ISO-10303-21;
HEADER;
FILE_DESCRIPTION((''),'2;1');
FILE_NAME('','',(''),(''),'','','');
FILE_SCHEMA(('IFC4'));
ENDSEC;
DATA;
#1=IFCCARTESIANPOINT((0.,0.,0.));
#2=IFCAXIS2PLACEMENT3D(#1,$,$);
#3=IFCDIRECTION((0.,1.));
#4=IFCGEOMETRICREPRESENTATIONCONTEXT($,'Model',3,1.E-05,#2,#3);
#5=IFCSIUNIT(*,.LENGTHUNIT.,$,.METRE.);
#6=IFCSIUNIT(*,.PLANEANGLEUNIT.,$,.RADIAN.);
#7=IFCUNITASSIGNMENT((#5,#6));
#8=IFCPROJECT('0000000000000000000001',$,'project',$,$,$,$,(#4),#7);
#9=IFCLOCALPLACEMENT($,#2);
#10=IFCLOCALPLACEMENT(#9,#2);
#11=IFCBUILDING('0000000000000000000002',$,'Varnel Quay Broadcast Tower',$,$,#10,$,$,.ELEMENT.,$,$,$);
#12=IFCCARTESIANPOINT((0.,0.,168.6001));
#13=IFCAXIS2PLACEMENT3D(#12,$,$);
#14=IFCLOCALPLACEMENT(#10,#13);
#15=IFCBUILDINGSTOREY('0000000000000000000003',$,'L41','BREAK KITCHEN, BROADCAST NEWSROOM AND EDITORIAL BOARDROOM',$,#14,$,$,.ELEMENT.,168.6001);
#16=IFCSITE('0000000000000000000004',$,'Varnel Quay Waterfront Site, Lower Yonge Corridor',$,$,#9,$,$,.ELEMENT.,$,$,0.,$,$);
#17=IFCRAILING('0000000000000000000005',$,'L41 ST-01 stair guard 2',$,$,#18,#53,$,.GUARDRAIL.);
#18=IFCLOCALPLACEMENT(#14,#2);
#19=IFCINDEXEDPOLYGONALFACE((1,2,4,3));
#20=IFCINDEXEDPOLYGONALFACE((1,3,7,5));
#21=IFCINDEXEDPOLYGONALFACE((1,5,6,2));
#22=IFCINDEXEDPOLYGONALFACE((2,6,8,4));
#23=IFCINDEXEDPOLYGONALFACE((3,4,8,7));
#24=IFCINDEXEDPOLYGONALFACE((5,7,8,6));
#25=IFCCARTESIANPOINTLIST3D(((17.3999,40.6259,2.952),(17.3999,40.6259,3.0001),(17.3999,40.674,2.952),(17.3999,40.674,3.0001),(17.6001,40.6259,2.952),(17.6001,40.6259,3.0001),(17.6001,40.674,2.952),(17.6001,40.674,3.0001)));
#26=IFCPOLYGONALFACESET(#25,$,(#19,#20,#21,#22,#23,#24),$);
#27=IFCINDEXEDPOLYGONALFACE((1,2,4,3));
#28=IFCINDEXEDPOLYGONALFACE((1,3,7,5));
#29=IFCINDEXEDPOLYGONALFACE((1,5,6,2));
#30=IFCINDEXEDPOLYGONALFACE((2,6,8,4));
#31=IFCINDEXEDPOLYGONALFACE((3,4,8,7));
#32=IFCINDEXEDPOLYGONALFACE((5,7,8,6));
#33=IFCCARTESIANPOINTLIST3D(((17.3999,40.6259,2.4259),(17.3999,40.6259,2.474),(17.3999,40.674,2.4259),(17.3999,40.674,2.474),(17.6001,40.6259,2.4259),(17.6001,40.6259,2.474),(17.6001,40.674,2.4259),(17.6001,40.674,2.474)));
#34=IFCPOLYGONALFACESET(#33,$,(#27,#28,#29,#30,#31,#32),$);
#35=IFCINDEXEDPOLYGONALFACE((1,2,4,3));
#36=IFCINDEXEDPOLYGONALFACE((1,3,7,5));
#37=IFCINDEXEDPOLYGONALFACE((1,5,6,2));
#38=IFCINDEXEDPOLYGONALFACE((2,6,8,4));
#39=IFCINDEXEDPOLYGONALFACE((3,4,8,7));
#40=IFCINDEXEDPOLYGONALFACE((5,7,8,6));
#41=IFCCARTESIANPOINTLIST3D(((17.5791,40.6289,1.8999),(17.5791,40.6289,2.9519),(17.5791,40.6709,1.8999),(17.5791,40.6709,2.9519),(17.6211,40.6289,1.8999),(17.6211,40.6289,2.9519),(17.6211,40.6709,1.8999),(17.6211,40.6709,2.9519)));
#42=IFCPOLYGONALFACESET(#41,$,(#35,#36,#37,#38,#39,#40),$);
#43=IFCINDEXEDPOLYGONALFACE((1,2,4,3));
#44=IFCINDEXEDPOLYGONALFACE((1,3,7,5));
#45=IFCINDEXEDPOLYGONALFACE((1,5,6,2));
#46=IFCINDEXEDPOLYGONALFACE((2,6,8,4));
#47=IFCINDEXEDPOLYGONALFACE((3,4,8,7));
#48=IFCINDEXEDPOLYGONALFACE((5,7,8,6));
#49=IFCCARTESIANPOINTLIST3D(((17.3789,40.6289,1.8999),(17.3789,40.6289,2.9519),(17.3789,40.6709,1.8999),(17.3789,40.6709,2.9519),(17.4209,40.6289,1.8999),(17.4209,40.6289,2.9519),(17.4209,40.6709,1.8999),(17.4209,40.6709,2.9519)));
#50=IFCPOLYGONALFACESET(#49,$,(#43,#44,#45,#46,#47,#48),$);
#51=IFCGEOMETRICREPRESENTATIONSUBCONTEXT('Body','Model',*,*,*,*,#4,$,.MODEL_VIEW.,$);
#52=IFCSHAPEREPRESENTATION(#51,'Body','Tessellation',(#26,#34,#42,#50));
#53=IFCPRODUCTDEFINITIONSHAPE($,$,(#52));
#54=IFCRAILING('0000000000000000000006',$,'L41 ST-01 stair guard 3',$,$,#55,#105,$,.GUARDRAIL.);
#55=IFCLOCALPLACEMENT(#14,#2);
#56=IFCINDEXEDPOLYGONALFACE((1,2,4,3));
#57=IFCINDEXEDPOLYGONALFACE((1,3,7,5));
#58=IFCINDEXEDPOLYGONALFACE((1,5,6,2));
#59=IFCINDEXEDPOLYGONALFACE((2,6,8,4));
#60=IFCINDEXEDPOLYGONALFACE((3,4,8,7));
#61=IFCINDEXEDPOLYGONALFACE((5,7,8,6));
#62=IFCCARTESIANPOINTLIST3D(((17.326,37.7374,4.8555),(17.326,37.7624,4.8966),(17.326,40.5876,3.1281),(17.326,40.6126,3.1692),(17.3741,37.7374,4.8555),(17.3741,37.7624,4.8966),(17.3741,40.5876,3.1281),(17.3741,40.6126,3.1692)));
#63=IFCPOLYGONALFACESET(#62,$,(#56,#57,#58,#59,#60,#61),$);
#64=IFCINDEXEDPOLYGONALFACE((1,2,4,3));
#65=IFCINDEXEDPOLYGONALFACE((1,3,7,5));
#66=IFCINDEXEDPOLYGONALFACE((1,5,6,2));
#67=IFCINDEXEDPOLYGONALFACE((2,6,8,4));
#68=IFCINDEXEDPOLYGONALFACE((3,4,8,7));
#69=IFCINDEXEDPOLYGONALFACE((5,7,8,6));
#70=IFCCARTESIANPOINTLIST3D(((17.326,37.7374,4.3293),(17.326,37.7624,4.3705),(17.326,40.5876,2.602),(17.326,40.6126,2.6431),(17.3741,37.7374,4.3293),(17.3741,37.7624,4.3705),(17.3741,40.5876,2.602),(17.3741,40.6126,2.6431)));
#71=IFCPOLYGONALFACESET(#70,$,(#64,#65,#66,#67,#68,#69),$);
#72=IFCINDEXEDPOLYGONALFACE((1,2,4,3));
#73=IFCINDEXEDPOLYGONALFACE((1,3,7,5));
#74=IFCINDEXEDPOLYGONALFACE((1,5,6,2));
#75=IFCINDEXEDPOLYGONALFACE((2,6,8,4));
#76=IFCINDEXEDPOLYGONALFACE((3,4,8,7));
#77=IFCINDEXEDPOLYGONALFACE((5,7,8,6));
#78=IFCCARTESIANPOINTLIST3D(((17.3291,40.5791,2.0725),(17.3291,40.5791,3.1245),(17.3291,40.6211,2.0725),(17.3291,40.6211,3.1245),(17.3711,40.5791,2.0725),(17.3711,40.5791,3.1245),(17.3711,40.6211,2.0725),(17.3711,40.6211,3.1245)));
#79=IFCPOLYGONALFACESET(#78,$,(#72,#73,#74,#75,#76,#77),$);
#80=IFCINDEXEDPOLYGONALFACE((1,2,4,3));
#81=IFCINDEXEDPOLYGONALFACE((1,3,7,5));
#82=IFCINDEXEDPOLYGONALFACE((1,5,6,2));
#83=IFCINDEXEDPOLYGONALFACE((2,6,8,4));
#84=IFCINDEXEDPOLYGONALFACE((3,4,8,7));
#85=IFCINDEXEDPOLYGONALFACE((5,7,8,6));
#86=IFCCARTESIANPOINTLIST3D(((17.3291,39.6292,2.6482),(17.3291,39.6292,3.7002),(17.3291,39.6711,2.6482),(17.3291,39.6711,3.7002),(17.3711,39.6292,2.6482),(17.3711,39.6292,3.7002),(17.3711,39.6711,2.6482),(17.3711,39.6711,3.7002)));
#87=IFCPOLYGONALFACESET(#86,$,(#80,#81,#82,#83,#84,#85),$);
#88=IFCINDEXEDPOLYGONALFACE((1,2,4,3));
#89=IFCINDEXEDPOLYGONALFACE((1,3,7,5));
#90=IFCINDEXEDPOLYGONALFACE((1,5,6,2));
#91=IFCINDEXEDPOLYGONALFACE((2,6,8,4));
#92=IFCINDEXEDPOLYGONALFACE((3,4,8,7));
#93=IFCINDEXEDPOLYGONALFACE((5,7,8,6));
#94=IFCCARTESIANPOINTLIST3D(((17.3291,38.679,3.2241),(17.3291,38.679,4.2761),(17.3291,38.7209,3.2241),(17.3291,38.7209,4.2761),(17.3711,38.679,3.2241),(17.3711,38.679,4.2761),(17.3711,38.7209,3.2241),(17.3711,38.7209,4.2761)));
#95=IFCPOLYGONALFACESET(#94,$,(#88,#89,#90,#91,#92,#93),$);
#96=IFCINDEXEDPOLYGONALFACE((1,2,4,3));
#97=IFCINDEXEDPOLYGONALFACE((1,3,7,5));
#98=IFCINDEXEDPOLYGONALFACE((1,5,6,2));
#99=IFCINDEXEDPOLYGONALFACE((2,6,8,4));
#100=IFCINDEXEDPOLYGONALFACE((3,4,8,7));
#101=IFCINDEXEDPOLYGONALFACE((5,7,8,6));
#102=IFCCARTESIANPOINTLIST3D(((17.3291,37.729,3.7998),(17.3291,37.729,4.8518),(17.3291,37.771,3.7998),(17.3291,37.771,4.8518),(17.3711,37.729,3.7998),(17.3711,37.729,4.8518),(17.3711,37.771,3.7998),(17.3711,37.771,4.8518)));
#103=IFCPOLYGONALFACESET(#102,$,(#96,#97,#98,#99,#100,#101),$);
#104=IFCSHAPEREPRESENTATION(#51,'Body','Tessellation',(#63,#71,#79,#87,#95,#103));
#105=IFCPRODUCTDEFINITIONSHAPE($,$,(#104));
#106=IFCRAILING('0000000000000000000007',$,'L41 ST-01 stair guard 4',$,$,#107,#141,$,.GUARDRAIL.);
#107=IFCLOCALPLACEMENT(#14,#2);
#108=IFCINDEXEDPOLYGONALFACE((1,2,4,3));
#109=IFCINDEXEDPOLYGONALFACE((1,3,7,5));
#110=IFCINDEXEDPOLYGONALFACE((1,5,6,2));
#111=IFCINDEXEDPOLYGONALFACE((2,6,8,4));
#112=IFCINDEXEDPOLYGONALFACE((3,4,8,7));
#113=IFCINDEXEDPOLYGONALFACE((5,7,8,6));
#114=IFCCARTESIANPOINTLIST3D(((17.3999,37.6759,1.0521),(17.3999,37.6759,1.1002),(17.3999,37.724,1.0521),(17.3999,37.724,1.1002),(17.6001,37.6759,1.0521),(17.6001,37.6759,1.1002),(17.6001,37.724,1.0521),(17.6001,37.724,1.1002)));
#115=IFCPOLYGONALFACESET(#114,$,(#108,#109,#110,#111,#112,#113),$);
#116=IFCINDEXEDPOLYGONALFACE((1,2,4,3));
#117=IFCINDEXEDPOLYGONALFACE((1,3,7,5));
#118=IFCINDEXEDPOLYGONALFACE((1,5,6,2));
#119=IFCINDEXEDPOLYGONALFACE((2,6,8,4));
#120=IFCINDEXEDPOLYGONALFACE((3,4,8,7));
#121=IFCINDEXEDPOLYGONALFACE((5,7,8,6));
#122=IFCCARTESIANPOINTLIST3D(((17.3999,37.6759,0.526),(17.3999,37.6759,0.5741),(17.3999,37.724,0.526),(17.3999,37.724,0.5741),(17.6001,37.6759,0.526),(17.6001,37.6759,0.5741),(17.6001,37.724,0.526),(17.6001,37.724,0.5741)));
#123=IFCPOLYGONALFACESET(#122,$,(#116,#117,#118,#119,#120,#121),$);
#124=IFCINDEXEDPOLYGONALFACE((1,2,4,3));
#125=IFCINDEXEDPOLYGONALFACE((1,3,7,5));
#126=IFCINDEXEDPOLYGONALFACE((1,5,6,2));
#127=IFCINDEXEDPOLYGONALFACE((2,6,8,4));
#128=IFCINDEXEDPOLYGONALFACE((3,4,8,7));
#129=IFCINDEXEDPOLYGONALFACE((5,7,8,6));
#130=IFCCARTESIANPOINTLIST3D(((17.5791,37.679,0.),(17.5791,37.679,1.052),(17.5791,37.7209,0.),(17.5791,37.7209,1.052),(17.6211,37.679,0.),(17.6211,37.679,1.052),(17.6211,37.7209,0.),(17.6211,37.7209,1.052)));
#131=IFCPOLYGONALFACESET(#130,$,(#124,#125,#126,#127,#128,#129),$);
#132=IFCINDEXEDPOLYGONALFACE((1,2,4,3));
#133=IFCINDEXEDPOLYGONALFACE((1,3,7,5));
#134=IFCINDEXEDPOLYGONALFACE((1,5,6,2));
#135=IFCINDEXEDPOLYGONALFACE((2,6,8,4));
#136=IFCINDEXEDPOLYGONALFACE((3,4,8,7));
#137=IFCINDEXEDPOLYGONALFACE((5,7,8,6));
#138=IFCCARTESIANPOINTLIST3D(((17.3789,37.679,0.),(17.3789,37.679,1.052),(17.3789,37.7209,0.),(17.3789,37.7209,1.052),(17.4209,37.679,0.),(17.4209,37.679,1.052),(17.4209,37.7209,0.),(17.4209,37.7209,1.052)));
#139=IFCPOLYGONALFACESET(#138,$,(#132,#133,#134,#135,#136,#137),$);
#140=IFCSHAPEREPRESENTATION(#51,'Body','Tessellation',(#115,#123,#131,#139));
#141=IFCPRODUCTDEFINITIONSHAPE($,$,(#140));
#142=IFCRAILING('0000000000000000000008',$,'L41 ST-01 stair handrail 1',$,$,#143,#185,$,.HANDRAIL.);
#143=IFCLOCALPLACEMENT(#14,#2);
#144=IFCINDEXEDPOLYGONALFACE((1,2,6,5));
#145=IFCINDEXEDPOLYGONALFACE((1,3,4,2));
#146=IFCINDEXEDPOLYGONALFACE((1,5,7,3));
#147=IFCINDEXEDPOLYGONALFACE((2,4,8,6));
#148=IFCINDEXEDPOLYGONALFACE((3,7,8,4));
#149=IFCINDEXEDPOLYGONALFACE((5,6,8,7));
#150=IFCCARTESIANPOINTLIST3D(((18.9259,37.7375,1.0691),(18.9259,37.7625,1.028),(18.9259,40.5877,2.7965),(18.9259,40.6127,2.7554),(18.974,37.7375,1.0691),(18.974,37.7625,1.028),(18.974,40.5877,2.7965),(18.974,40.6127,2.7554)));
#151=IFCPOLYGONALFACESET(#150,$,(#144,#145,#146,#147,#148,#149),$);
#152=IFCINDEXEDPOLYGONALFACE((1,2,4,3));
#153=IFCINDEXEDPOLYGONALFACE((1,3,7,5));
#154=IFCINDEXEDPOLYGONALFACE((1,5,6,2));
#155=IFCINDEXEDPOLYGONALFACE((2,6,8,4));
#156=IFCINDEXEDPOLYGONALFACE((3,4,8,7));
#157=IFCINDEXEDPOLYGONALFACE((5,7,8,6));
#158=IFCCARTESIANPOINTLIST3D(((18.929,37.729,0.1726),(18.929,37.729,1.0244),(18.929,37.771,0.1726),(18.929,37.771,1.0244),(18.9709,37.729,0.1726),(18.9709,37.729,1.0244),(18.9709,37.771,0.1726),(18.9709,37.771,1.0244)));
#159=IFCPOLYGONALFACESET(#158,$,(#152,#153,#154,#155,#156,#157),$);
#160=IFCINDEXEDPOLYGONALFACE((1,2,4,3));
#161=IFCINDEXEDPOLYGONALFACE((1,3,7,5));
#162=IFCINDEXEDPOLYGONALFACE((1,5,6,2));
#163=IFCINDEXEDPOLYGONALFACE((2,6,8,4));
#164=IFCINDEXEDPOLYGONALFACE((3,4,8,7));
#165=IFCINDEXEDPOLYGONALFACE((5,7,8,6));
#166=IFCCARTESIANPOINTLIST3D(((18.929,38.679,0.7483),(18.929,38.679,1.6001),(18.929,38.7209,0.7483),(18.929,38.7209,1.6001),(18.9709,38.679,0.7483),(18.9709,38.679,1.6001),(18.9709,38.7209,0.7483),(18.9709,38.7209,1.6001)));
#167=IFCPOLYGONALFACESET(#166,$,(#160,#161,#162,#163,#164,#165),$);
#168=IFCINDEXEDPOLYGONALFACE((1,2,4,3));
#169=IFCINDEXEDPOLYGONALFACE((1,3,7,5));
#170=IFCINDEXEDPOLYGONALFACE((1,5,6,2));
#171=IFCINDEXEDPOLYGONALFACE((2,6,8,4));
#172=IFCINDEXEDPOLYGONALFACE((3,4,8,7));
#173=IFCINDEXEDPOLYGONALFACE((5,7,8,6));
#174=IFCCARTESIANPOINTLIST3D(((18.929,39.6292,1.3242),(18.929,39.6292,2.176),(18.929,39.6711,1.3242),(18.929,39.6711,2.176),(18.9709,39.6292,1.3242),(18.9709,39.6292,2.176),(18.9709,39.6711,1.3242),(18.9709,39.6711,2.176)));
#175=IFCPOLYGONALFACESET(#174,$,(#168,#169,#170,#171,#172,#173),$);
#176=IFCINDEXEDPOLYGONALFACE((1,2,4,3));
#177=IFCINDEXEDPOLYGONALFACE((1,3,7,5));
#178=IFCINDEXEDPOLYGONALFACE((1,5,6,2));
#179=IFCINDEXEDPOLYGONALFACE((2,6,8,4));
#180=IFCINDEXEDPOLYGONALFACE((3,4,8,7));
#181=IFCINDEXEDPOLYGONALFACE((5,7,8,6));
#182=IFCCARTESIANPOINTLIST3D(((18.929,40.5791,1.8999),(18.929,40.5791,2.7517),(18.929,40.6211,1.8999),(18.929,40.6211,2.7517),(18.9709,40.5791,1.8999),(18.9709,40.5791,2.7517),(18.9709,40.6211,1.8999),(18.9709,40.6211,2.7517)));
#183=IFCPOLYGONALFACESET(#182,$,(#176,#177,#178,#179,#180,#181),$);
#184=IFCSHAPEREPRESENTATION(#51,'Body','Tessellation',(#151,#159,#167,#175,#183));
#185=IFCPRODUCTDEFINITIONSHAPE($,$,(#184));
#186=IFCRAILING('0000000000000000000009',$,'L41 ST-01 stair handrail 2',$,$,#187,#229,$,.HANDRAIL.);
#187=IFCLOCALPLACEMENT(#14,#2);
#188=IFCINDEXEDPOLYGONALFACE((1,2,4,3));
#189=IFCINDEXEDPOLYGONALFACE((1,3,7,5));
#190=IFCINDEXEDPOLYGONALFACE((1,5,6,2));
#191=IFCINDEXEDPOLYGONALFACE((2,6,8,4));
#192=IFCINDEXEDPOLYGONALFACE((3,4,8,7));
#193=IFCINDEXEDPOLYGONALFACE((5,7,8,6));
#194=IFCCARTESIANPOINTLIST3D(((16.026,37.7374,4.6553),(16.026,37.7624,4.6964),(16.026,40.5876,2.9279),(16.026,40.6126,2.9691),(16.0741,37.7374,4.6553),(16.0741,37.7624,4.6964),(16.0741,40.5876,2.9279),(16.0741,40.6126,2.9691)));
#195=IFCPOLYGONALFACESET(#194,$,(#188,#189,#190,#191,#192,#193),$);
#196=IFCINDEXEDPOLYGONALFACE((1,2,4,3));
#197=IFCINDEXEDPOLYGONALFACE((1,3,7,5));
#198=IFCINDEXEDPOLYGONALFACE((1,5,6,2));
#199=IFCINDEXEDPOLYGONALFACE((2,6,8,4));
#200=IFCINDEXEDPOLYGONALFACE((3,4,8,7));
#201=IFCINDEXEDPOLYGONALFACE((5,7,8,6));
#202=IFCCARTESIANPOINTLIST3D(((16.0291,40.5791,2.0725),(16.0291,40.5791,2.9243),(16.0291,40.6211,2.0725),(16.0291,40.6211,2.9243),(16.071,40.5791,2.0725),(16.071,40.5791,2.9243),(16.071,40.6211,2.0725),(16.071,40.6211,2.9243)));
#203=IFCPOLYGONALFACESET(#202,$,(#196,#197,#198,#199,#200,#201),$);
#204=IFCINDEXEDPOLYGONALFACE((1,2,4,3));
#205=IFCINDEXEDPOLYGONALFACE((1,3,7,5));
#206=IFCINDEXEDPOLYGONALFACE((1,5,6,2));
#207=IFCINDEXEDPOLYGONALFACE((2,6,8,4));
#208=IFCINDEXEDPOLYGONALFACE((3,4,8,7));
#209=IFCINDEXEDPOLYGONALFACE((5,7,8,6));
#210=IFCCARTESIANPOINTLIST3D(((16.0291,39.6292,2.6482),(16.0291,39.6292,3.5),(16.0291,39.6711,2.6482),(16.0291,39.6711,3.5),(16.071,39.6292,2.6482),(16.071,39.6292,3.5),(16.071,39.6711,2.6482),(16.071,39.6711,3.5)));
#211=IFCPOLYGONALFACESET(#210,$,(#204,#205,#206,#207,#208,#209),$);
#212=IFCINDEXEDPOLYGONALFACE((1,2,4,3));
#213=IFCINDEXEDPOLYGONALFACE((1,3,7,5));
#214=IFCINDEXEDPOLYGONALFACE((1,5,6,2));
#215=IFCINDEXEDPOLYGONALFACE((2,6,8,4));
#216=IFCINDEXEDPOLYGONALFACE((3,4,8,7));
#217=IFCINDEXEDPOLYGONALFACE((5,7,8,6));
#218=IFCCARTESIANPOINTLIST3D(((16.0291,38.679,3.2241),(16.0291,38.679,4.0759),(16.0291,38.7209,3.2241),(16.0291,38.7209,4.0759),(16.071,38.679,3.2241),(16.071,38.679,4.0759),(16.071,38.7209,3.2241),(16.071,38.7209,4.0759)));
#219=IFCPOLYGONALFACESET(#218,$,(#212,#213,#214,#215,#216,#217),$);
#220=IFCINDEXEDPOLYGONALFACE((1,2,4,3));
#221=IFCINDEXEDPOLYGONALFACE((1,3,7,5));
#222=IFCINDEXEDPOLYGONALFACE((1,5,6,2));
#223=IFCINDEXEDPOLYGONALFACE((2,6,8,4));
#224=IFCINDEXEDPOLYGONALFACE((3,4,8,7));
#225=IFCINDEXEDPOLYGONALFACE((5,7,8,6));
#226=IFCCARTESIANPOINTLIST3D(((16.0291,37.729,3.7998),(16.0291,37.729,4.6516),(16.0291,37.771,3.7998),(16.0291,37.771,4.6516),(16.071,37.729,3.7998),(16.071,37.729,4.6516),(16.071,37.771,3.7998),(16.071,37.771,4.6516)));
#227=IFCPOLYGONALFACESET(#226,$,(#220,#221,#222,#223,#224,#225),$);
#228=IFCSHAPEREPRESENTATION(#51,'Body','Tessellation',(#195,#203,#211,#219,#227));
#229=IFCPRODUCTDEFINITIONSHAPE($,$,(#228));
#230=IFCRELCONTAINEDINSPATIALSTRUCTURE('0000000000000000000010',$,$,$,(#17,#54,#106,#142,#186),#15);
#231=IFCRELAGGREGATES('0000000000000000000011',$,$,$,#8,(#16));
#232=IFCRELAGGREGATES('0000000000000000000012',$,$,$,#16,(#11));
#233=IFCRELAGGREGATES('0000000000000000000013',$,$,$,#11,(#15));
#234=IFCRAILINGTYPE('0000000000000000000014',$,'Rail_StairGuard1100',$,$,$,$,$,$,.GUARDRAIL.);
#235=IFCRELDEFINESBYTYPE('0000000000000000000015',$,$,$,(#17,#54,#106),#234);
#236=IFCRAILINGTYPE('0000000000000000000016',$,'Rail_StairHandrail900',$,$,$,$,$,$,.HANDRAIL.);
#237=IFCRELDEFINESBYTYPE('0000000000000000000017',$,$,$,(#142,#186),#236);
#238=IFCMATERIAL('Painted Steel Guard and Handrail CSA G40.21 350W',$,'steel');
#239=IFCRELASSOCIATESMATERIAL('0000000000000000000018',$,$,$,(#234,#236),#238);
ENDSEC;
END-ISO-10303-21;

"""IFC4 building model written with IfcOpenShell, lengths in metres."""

from ifc_helpers import new_model, si_unit, direction, frame, origin, origin_2d, place, context, subcontext, project, spatial, rectangle, extrude, material, type_object, element, save


model = new_model("IFC4")

# Units and contexts
model_context = context("Model", 3, precision=1e-05, world=origin(), true_north=direction((0.0, 1.0)))
body_context = subcontext(model_context, "Body", "Model", "MODEL_VIEW")
ifc_project = project(units=[si_unit("LENGTHUNIT", "METRE"), si_unit("PLANEANGLEUNIT", "RADIAN")], contexts=[model_context])

# Site, building, storey
site_placement = place(None, origin())
site = spatial("IfcSite", under=ifc_project, at=site_placement, Name="Varnel Quay Waterfront Site, Lower Yonge Corridor", CompositionType="ELEMENT", RefElevation=0.0)
building_placement = place(site_placement, origin())
building = spatial("IfcBuilding", under=site, at=building_placement, Name="Varnel Quay Broadcast Tower", CompositionType="ELEMENT")
storey_placement = place(building_placement, frame((0.0, 0.0, 168.6001)))
storey = spatial("IfcBuildingStorey", under=building, at=storey_placement, Name="L41", Description="BREAK KITCHEN, BROADCAST NEWSROOM AND EDITORIAL BOARDROOM", CompositionType="ELEMENT", Elevation=168.6001)

# Railings
ifc_material_1 = material(Name="Painted Steel Guard and Handrail CSA G40.21 350W", Category="steel")
railing_type_1 = type_object("IfcRailingType", Name="Rail_StairGuard1100", PredefinedType="GUARDRAIL", material=ifc_material_1)
railing_1_placement = place(storey_placement, frame((17.6001, 40.6499, 1.8999)))
element("IfcRailing", 1, at=railing_1_placement, inside=storey, type_object=railing_type_1, Name="L41 ST-01 stair guard 2", PredefinedType="GUARDRAIL", context=body_context, shape_type="SweptSolid", body=[
    extrude(rectangle(XDim=0.0481, YDim=0.0481, at=origin_2d()), frame((0.0, 0.0, 1.0762), z_axis=(-1.0, 0.0, 0.0), x_axis=(0.0, -1.0, 0.0)), (0.0, 0.0, 1.0), 0.2002),
    extrude(rectangle(XDim=0.0481, YDim=0.0481, at=origin_2d()), frame((0.0, 0.0, 0.55), z_axis=(-1.0, 0.0, 0.0), x_axis=(0.0, -1.0, 0.0)), (0.0, 0.0, 1.0), 0.2002),
    extrude(rectangle(XDim=0.042, YDim=0.042, at=origin_2d()), origin(), (0.0, 0.0, 1.0), 1.052),
    extrude(rectangle(XDim=0.042, YDim=0.042, at=origin_2d()), frame((-0.2002, 0.0, 0.0)), (0.0, 0.0, 1.0), 1.052),
])
railing_2_placement = place(storey_placement, frame((17.3501, 40.6001, 2.0725)))
element("IfcRailing", 2, at=railing_2_placement, inside=storey, type_object=railing_type_1, Name="L41 ST-01 stair guard 3", PredefinedType="GUARDRAIL", context=body_context, shape_type="SweptSolid", body=[
    extrude(rectangle(XDim=0.0481, YDim=0.0481, at=origin_2d()), frame((0.0, 0.0, 1.0762), z_axis=(0.0, -0.855203, 0.518294), x_axis=(1.0, 0.0, 0.0)), (0.0, 0.0, 1.0), 3.3328),
    extrude(rectangle(XDim=0.0481, YDim=0.0481, at=origin_2d()), frame((0.0, 0.0, 0.55), z_axis=(0.0, -0.855203, 0.518294), x_axis=(1.0, 0.0, 0.0)), (0.0, 0.0, 1.0), 3.3328),
    extrude(rectangle(XDim=0.042, YDim=0.042, at=origin_2d()), origin(), (0.0, 0.0, 1.0), 1.052),
    extrude(rectangle(XDim=0.042, YDim=0.042, at=origin_2d()), frame((0.0, -0.95, 0.5757)), (0.0, 0.0, 1.0), 1.052),
    extrude(rectangle(XDim=0.042, YDim=0.042, at=origin_2d()), frame((0.0, -1.9001, 1.1516)), (0.0, 0.0, 1.0), 1.052),
    extrude(rectangle(XDim=0.042, YDim=0.042, at=origin_2d()), frame((0.0, -2.8501, 1.7273)), (0.0, 0.0, 1.0), 1.052),
])
railing_3_placement = place(storey_placement, frame((17.6001, 37.7, 0.0)))
element("IfcRailing", 3, at=railing_3_placement, inside=storey, type_object=railing_type_1, Name="L41 ST-01 stair guard 4", PredefinedType="GUARDRAIL", context=body_context, shape_type="SweptSolid", body=[
    extrude(rectangle(XDim=0.0481, YDim=0.0481, at=origin_2d()), frame((0.0, 0.0, 1.0762), z_axis=(-1.0, 0.0, 0.0), x_axis=(0.0, -1.0, 0.0)), (0.0, 0.0, 1.0), 0.2002),
    extrude(rectangle(XDim=0.0481, YDim=0.0481, at=origin_2d()), frame((0.0, 0.0, 0.55), z_axis=(-1.0, 0.0, 0.0), x_axis=(0.0, -1.0, 0.0)), (0.0, 0.0, 1.0), 0.2002),
    extrude(rectangle(XDim=0.042, YDim=0.042, at=origin_2d()), origin(), (0.0, 0.0, 1.0), 1.052),
    extrude(rectangle(XDim=0.042, YDim=0.042, at=origin_2d()), frame((-0.2002, 0.0, 0.0)), (0.0, 0.0, 1.0), 1.052),
])
railing_type_2 = type_object("IfcRailingType", Name="Rail_StairHandrail900", PredefinedType="HANDRAIL", material=ifc_material_1)
railing_4_placement = place(storey_placement, frame((18.95, 37.75, 0.1726)))
element("IfcRailing", 4, at=railing_4_placement, inside=storey, type_object=railing_type_2, Name="L41 ST-01 stair handrail 1", PredefinedType="HANDRAIL", context=body_context, shape_type="SweptSolid", body=[
    extrude(rectangle(XDim=0.0481, YDim=0.0481, at=origin_2d()), frame((0.0, 0.0, 0.876), z_axis=(0.0, 0.855203, 0.518294), x_axis=(-1.0, 0.0, 0.0)), (0.0, 0.0, 1.0), 3.3328),
    extrude(rectangle(XDim=0.042, YDim=0.042, at=origin_2d()), origin(), (0.0, 0.0, 1.0), 0.8518),
    extrude(rectangle(XDim=0.042, YDim=0.042, at=origin_2d()), frame((0.0, 0.95, 0.5757)), (0.0, 0.0, 1.0), 0.8518),
    extrude(rectangle(XDim=0.042, YDim=0.042, at=origin_2d()), frame((0.0, 1.9001, 1.1516)), (0.0, 0.0, 1.0), 0.8518),
    extrude(rectangle(XDim=0.042, YDim=0.042, at=origin_2d()), frame((0.0, 2.8501, 1.7273)), (0.0, 0.0, 1.0), 0.8518),
])
railing_5_placement = place(storey_placement, frame((16.05, 40.6001, 2.0725)))
element("IfcRailing", 5, at=railing_5_placement, inside=storey, type_object=railing_type_2, Name="L41 ST-01 stair handrail 2", PredefinedType="HANDRAIL", context=body_context, shape_type="SweptSolid", body=[
    extrude(rectangle(XDim=0.0481, YDim=0.0481, at=origin_2d()), frame((0.0, 0.0, 0.876), z_axis=(0.0, -0.855203, 0.518294), x_axis=(1.0, 0.0, 0.0)), (0.0, 0.0, 1.0), 3.3328),
    extrude(rectangle(XDim=0.042, YDim=0.042, at=origin_2d()), origin(), (0.0, 0.0, 1.0), 0.8518),
    extrude(rectangle(XDim=0.042, YDim=0.042, at=origin_2d()), frame((0.0, -0.95, 0.5757)), (0.0, 0.0, 1.0), 0.8518),
    extrude(rectangle(XDim=0.042, YDim=0.042, at=origin_2d()), frame((0.0, -1.9001, 1.1516)), (0.0, 0.0, 1.0), 0.8518),
    extrude(rectangle(XDim=0.042, YDim=0.042, at=origin_2d()), frame((0.0, -2.8501, 1.7273)), (0.0, 0.0, 1.0), 0.8518),
])

save(model, "model.ifc")
